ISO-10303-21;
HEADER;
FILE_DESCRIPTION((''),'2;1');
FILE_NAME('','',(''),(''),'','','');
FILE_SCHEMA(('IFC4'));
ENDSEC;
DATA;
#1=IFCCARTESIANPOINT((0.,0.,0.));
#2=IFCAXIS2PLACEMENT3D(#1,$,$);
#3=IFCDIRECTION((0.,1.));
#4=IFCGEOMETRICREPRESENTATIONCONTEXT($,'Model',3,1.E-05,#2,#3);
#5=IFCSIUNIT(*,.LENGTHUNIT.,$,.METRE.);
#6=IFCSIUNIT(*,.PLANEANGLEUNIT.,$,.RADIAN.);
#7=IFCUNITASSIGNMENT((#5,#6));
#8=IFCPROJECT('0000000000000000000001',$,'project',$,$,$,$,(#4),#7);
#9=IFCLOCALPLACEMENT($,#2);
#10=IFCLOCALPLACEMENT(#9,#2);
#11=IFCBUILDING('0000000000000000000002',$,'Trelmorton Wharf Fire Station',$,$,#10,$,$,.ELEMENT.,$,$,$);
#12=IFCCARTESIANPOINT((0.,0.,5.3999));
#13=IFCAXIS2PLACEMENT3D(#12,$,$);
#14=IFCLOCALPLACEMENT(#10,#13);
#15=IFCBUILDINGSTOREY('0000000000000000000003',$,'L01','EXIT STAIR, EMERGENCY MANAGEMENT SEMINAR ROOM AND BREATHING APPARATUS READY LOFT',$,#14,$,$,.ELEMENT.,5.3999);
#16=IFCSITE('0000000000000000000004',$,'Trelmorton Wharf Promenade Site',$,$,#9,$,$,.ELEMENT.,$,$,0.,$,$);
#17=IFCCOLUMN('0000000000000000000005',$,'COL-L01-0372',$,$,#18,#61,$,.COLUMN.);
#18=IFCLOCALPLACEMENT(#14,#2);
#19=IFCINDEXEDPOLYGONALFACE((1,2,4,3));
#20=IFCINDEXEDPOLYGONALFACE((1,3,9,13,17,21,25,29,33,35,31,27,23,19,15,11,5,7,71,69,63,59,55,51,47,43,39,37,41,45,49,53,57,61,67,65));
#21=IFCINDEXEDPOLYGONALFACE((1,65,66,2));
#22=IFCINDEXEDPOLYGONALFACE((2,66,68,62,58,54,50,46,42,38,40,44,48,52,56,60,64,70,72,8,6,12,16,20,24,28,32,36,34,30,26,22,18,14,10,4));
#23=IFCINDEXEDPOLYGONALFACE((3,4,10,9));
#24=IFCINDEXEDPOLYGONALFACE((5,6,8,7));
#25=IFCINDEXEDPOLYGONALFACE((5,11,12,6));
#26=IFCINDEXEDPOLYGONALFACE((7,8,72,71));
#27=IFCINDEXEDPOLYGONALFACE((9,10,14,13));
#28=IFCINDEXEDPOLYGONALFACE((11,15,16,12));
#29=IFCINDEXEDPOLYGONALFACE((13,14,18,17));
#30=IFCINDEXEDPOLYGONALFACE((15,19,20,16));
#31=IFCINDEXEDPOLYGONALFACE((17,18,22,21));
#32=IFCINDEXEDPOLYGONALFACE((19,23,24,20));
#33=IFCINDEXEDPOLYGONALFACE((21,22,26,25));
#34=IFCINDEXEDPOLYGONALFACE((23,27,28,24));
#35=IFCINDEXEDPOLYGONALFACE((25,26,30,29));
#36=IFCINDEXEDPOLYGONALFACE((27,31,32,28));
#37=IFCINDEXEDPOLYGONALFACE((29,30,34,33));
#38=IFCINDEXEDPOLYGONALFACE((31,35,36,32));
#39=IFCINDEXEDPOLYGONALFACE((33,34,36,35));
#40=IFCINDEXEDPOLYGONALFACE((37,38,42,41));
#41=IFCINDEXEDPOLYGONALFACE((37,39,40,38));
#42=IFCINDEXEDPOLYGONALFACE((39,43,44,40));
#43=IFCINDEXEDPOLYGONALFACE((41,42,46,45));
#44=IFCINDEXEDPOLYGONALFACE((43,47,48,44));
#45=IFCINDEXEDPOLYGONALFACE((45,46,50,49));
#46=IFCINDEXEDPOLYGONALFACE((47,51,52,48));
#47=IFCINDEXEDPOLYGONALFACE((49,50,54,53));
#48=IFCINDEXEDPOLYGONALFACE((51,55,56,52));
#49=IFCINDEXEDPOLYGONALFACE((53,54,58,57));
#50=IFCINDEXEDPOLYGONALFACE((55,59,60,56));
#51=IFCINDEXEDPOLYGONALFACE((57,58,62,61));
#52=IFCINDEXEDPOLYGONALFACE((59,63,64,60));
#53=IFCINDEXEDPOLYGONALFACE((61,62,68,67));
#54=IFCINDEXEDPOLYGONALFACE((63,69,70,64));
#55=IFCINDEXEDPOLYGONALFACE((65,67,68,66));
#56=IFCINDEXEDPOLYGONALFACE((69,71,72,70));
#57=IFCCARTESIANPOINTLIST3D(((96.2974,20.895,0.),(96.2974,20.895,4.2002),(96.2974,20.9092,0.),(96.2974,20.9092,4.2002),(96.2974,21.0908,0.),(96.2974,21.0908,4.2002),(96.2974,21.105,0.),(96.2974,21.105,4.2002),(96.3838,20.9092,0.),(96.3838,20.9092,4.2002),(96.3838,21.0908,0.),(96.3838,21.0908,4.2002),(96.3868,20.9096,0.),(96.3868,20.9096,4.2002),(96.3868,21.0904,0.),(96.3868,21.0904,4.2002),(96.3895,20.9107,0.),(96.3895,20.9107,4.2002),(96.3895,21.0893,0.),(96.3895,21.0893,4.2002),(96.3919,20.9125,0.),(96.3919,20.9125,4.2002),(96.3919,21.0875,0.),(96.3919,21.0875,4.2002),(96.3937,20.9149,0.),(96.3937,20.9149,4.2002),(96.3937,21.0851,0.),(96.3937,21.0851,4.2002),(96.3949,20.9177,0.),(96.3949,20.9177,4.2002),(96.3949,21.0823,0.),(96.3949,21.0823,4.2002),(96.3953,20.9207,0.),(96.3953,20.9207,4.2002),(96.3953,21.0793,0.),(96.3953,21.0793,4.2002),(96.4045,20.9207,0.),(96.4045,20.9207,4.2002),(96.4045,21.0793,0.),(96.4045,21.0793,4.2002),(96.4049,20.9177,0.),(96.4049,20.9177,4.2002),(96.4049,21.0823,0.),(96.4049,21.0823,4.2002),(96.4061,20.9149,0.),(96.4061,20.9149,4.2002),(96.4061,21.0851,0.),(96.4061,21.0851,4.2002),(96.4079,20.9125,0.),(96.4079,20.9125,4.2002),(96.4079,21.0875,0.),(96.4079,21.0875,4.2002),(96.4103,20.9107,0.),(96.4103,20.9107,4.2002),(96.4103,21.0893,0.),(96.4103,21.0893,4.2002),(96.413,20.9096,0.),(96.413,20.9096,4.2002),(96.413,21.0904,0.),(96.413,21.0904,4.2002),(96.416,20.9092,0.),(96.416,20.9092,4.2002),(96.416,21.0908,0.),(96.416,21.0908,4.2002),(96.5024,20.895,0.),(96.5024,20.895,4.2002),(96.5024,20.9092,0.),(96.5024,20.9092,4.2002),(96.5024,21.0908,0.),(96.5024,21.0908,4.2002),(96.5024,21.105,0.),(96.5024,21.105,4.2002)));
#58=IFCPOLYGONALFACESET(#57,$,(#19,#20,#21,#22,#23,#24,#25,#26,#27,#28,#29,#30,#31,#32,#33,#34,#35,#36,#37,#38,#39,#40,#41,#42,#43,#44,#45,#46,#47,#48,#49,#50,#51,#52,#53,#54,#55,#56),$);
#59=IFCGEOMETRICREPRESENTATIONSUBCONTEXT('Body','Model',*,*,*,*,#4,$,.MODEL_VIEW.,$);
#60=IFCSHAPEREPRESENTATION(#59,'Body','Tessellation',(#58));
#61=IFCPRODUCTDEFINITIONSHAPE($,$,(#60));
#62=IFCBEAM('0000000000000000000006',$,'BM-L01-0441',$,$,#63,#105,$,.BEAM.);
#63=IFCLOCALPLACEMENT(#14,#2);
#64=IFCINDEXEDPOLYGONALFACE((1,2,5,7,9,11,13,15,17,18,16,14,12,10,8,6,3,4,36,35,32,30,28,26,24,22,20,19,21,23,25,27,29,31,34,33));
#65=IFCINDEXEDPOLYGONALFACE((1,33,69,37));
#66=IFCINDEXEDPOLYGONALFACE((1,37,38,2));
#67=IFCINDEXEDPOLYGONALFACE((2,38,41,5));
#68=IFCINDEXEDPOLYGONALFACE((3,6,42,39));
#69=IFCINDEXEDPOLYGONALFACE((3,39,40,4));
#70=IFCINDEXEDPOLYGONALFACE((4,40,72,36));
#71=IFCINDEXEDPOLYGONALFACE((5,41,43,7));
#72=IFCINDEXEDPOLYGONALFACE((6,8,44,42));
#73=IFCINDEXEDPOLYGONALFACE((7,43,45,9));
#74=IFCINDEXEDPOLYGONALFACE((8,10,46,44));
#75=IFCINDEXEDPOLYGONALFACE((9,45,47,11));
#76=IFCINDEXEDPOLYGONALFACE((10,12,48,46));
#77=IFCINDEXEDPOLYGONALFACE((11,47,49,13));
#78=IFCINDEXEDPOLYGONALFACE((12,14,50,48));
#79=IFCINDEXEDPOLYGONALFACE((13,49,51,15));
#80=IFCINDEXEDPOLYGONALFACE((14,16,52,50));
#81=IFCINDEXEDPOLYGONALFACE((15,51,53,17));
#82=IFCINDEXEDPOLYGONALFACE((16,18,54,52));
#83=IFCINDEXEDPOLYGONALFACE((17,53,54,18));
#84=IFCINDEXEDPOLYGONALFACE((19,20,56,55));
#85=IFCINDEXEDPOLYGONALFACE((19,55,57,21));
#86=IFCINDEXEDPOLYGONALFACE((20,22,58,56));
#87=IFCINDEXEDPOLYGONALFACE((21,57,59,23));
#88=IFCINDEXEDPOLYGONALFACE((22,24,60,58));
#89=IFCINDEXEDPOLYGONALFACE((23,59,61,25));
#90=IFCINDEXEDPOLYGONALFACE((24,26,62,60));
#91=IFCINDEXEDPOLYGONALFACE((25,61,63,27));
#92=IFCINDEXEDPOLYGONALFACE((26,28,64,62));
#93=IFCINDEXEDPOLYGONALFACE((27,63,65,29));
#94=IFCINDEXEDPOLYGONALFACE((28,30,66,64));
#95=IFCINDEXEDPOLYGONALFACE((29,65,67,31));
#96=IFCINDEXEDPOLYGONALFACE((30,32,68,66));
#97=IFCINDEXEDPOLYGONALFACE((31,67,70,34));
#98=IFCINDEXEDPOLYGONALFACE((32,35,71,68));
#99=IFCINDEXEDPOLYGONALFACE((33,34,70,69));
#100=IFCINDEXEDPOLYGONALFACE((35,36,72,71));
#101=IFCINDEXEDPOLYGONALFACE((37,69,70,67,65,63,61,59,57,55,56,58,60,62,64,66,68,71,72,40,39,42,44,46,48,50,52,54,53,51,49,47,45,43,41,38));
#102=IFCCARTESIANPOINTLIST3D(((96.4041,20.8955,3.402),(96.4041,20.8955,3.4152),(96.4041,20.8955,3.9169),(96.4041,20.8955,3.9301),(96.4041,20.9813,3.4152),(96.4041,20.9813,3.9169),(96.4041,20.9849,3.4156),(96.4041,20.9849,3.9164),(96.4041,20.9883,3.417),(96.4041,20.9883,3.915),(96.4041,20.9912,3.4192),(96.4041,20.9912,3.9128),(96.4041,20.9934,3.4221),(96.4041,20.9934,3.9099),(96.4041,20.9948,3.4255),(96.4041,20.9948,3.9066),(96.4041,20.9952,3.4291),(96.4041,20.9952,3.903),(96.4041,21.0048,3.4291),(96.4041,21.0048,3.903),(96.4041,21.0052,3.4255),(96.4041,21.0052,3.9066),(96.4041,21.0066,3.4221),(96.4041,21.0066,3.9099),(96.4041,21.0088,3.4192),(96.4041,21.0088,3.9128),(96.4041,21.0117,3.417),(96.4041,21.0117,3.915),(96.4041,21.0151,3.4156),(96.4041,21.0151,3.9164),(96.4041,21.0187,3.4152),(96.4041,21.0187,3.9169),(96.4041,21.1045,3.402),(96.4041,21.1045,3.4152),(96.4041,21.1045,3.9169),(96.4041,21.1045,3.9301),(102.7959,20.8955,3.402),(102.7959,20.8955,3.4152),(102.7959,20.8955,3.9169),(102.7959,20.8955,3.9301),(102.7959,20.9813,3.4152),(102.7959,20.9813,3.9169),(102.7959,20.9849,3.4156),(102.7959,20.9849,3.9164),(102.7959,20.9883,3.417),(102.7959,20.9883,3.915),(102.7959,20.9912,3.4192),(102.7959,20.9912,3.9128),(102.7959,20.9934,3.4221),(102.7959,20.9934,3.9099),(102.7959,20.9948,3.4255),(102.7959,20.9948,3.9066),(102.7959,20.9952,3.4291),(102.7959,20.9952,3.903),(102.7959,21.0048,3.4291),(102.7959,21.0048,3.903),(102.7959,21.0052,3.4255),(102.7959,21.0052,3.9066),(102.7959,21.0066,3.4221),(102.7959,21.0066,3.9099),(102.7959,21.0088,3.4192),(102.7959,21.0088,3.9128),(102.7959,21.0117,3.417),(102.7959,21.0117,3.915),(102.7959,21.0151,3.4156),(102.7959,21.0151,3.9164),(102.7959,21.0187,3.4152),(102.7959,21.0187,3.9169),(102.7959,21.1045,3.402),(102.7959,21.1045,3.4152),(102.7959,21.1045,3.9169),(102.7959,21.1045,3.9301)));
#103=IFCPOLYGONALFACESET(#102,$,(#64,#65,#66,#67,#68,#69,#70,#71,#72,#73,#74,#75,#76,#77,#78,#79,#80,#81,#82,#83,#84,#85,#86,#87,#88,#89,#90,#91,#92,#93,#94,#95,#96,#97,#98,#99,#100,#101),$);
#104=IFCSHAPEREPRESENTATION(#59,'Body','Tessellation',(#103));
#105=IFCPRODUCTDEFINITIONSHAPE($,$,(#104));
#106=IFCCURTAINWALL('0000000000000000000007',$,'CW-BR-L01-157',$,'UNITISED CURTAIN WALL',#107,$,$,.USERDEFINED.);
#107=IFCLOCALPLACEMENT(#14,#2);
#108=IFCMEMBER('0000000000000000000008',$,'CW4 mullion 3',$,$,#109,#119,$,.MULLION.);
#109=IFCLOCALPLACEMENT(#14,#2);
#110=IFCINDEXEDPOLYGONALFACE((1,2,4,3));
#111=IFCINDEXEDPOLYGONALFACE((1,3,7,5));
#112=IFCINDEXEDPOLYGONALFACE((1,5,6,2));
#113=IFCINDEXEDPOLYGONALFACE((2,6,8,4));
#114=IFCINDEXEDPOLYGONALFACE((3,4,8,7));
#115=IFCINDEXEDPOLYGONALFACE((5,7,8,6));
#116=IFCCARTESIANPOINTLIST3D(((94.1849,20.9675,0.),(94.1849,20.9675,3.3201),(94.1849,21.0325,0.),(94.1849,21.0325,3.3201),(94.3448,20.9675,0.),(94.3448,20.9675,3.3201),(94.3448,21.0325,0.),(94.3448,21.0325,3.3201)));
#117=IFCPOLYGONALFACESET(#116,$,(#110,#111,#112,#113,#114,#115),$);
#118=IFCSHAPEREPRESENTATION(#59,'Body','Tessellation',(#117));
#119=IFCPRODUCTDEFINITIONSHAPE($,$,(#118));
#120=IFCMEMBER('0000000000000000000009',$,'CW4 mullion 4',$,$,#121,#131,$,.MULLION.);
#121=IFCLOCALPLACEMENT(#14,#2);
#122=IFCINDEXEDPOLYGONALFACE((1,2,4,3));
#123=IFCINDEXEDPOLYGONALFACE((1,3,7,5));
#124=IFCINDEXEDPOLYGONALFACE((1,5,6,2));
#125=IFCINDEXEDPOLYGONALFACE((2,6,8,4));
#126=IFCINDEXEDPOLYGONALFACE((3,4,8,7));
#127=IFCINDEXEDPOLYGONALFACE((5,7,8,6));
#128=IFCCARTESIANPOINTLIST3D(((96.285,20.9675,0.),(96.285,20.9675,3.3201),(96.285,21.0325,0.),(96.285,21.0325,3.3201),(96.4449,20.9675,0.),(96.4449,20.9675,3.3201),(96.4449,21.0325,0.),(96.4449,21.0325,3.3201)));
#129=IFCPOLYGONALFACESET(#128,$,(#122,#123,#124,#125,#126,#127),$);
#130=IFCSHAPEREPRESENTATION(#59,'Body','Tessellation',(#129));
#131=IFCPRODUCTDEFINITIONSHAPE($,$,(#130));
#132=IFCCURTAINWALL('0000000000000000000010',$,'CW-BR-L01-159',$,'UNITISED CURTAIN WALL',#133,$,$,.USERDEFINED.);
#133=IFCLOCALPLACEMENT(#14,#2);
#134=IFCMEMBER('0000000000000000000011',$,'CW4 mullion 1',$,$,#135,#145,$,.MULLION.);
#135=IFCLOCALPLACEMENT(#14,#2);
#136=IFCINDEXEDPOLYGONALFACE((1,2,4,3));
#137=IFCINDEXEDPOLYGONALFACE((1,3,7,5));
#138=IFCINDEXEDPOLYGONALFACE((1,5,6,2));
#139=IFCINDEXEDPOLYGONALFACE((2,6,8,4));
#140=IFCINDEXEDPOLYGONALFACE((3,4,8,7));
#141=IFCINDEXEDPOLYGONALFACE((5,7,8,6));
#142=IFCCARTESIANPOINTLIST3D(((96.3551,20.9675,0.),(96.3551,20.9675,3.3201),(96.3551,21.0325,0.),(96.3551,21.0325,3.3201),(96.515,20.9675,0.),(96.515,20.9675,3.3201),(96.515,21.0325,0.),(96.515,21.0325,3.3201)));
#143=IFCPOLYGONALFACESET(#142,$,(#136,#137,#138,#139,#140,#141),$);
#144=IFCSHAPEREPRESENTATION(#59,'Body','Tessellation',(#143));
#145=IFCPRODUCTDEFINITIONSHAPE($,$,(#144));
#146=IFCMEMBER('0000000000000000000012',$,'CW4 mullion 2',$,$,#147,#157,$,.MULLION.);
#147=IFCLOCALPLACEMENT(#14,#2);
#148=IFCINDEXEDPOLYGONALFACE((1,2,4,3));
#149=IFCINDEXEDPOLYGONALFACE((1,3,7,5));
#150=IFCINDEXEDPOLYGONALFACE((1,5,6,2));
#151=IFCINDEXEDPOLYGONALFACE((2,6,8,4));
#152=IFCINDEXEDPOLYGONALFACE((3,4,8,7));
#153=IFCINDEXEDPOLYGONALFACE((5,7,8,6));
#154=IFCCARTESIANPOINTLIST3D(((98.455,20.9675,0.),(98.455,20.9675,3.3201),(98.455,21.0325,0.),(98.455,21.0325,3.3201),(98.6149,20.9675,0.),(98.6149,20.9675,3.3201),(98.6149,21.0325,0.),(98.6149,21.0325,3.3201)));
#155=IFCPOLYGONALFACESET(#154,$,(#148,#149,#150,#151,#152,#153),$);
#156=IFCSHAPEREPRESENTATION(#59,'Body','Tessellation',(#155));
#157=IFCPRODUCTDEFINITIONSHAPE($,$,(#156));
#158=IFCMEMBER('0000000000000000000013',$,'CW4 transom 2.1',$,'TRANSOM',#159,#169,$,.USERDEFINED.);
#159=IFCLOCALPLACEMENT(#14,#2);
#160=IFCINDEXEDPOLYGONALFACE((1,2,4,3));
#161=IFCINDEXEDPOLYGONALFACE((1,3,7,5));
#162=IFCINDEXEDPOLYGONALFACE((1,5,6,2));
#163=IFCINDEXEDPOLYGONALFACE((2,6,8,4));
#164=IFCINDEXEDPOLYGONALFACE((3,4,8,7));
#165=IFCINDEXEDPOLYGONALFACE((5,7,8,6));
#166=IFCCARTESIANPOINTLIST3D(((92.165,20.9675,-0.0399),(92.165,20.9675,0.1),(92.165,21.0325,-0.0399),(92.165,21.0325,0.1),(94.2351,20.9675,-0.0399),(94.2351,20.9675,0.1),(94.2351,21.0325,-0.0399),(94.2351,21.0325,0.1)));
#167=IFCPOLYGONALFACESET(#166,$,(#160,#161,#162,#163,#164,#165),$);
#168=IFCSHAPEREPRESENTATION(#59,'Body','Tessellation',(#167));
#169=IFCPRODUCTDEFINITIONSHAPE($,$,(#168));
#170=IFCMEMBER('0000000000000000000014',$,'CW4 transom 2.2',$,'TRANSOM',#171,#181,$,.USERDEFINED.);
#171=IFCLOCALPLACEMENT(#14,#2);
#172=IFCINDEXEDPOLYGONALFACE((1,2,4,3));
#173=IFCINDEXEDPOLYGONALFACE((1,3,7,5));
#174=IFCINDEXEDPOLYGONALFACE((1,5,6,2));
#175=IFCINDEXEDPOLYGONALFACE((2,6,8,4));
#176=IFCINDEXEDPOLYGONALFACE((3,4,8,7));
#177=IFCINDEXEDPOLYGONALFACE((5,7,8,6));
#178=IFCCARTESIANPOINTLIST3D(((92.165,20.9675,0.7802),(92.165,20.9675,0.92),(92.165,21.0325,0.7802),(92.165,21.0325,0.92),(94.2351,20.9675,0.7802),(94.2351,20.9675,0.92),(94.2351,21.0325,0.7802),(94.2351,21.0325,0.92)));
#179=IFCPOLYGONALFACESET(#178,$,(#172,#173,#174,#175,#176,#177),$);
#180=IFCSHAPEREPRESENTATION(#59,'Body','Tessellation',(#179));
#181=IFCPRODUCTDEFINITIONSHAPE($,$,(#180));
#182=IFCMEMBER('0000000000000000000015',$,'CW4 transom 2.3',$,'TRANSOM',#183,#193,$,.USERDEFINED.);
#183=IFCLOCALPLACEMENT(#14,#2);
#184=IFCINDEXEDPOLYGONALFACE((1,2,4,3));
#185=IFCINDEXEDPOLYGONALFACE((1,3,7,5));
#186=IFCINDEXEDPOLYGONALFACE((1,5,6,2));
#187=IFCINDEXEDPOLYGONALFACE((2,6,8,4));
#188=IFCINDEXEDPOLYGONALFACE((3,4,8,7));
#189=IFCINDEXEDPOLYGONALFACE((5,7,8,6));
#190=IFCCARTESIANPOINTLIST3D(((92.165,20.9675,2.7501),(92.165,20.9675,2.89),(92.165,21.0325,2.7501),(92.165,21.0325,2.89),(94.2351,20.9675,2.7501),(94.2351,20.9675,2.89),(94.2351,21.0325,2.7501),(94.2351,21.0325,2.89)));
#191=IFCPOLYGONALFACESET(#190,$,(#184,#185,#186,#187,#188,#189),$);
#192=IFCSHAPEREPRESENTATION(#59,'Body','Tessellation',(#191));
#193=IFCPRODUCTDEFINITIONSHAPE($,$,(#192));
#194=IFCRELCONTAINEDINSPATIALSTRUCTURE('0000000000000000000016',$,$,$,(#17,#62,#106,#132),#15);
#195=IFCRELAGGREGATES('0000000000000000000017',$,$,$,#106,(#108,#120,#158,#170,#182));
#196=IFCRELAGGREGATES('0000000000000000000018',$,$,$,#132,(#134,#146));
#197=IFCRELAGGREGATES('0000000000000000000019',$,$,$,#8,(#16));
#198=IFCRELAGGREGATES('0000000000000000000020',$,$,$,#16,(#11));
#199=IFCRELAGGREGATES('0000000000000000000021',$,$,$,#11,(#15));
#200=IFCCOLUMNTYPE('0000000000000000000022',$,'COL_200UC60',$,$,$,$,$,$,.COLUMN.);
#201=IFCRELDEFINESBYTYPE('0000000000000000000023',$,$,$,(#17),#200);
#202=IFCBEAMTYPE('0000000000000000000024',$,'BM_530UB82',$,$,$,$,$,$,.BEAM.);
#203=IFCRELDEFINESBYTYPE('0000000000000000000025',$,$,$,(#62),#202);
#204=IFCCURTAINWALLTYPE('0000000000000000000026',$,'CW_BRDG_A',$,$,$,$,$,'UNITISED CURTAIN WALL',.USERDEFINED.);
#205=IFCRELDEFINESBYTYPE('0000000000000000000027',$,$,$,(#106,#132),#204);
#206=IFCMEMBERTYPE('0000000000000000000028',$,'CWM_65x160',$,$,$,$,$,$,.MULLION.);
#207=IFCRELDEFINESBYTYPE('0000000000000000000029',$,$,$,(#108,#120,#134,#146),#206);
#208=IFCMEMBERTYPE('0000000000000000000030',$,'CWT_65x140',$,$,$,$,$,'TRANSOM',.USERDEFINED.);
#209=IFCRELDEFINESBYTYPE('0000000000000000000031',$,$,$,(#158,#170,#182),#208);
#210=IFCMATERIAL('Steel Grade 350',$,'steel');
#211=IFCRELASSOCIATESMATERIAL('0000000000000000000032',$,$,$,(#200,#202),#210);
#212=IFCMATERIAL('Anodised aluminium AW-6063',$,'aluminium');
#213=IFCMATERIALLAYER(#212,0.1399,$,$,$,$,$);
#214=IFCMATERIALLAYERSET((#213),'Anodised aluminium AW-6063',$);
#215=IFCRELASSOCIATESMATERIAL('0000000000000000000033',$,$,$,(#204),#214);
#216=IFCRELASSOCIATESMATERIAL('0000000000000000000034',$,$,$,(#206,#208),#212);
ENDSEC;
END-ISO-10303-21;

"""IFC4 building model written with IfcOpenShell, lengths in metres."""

from ifc_helpers import new_model, si_unit, direction, frame, origin, origin_2d, place, context, subcontext, project, spatial, rectangle, i_section, extrude, material, layer, layer_set, material_profile, profile_set, type_object, element, aggregate, save


model = new_model("IFC4")

# Units and contexts
model_context = context("Model", 3, precision=1e-05, world=origin(), true_north=direction((0.0, 1.0)))
body_context = subcontext(model_context, "Body", "Model", "MODEL_VIEW")
ifc_project = project(units=[si_unit("LENGTHUNIT", "METRE"), si_unit("PLANEANGLEUNIT", "RADIAN")], contexts=[model_context])

# Site, building, storey
site_placement = place(None, origin())
site = spatial("IfcSite", under=ifc_project, at=site_placement, Name="Trelmorton Wharf Promenade Site", CompositionType="ELEMENT", RefElevation=0.0)
building_placement = place(site_placement, origin())
building = spatial("IfcBuilding", under=site, at=building_placement, Name="Trelmorton Wharf Fire Station", CompositionType="ELEMENT")
storey_placement = place(building_placement, frame((0.0, 0.0, 5.3999)))
storey = spatial("IfcBuildingStorey", under=building, at=storey_placement, Name="L01", Description="EXIT STAIR, EMERGENCY MANAGEMENT SEMINAR ROOM AND BREATHING APPARATUS READY LOFT", CompositionType="ELEMENT", Elevation=5.3999)

# Column
ifc_material_1 = material(Name="Steel Grade 350", Category="steel")
ifc_material_profile_1 = material_profile(ifc_material_1, i_section(OverallWidth=0.2051, OverallDepth=0.21, WebThickness=0.0093, FlangeThickness=0.0142, FilletRadius=0.0115, at=origin_2d()), Name="200UC59.5")
ifc_profile_set_1 = profile_set([ifc_material_profile_1], Name="Steel Grade 350")
column_type = type_object("IfcColumnType", Name="COL_200UC60", PredefinedType="COLUMN", material=ifc_profile_set_1)
column_placement = place(storey_placement, frame((96.3999, 21.0, 0.0), z_axis=(0.0, 0.0, 1.0), x_axis=(1.0, 0.0, 0.0)))
element("IfcColumn", 1, at=column_placement, inside=storey, type_object=column_type, Name="COL-L01-0372", PredefinedType="COLUMN", context=body_context, shape_type="SweptSolid", body=[
    extrude(i_section(OverallWidth=0.2051, OverallDepth=0.21, WebThickness=0.0093, FlangeThickness=0.0142, FilletRadius=0.0115, at=origin_2d()), origin(), (0.0, 0.0, 1.0), 4.2002),
])

# Beam
ifc_material_profile_2 = material_profile(ifc_material_1, i_section(OverallWidth=0.209, OverallDepth=0.5281, WebThickness=0.0095, FlangeThickness=0.0132, FilletRadius=0.0139, at=origin_2d()), Name="530UB82.0")
ifc_profile_set_2 = profile_set([ifc_material_profile_2], Name="Steel Grade 350")
beam_type = type_object("IfcBeamType", Name="BM_530UB82", PredefinedType="BEAM", material=ifc_profile_set_2)
beam_placement = place(storey_placement, frame((96.4041, 21.0, 3.666), z_axis=(1.0, 0.0, 0.0), x_axis=(0.0, 1.0, 0.0)))
element("IfcBeam", 2, at=beam_placement, inside=storey, type_object=beam_type, Name="BM-L01-0441", PredefinedType="BEAM", context=body_context, shape_type="SweptSolid", body=[
    extrude(i_section(OverallWidth=0.209, OverallDepth=0.5281, WebThickness=0.0095, FlangeThickness=0.0132, FilletRadius=0.0139, at=origin_2d()), origin(), (0.0, 0.0, 1.0), 6.3918),
])

# Curtain walls, members
ifc_material_2 = material(Name="Anodised aluminium AW-6063", Category="aluminium")
ifc_layer_1 = layer(ifc_material_2, 0.1399)
ifc_layer_set_1 = layer_set([ifc_layer_1], Name="Anodised aluminium AW-6063")
curtain_wall_type = type_object("IfcCurtainWallType", Name="CW_BRDG_A", ElementType="UNITISED CURTAIN WALL", PredefinedType="USERDEFINED", material=ifc_layer_set_1)
curtain_wall_1_placement = place(storey_placement, origin())
curtain_wall_1 = element("IfcCurtainWall", 3, at=curtain_wall_1_placement, inside=storey, type_object=curtain_wall_type, Name="CW-BR-L01-157", ObjectType="UNITISED CURTAIN WALL", PredefinedType="USERDEFINED")
ifc_material_profile_3 = material_profile(ifc_material_2, rectangle(XDim=0.0649, YDim=0.1599, at=origin_2d()), Name="ALU-65x160")
ifc_profile_set_3 = profile_set([ifc_material_profile_3], Name="Anodised aluminium AW-6063")
member_type_1 = type_object("IfcMemberType", Name="CWM_65x160", PredefinedType="MULLION", material=ifc_profile_set_3)
member_1_placement = place(storey_placement, frame((94.2649, 21.0, 0.0), z_axis=(0.0, 0.0, 1.0), x_axis=(0.0, 1.0, 0.0)))
member_1 = element("IfcMember", 4, at=member_1_placement, type_object=member_type_1, Name="CW4 mullion 3", PredefinedType="MULLION", context=body_context, shape_type="SweptSolid", body=[
    extrude(rectangle(XDim=0.0649, YDim=0.1599, at=origin_2d()), origin(), (0.0, 0.0, 1.0), 3.3201),
])
member_2_placement = place(storey_placement, frame((96.365, 21.0, 0.0), z_axis=(0.0, 0.0, 1.0), x_axis=(0.0, 1.0, 0.0)))
member_2 = element("IfcMember", 5, at=member_2_placement, type_object=member_type_1, Name="CW4 mullion 4", PredefinedType="MULLION", context=body_context, shape_type="SweptSolid", body=[
    extrude(rectangle(XDim=0.0649, YDim=0.1599, at=origin_2d()), origin(), (0.0, 0.0, 1.0), 3.3201),
])
curtain_wall_2_placement = place(storey_placement, origin())
curtain_wall_2 = element("IfcCurtainWall", 6, at=curtain_wall_2_placement, inside=storey, type_object=curtain_wall_type, Name="CW-BR-L01-159", ObjectType="UNITISED CURTAIN WALL", PredefinedType="USERDEFINED")
member_3_placement = place(storey_placement, frame((96.4351, 21.0, 0.0), z_axis=(0.0, 0.0, 1.0), x_axis=(0.0, 1.0, 0.0)))
member_3 = element("IfcMember", 7, at=member_3_placement, type_object=member_type_1, Name="CW4 mullion 1", PredefinedType="MULLION", context=body_context, shape_type="SweptSolid", body=[
    extrude(rectangle(XDim=0.0649, YDim=0.1599, at=origin_2d()), origin(), (0.0, 0.0, 1.0), 3.3201),
])
member_4_placement = place(storey_placement, frame((98.5349, 21.0, 0.0), z_axis=(0.0, 0.0, 1.0), x_axis=(0.0, 1.0, 0.0)))
member_4 = element("IfcMember", 8, at=member_4_placement, type_object=member_type_1, Name="CW4 mullion 2", PredefinedType="MULLION", context=body_context, shape_type="SweptSolid", body=[
    extrude(rectangle(XDim=0.0649, YDim=0.1599, at=origin_2d()), origin(), (0.0, 0.0, 1.0), 3.3201),
])

# Members
ifc_material_profile_4 = material_profile(ifc_material_2, rectangle(XDim=0.0649, YDim=0.1399, at=origin_2d()), Name="ALU-65x140")
ifc_profile_set_4 = profile_set([ifc_material_profile_4], Name="Anodised aluminium AW-6063")
member_type_2 = type_object("IfcMemberType", Name="CWT_65x140", ElementType="TRANSOM", PredefinedType="USERDEFINED", material=ifc_profile_set_4)
member_5_placement = place(storey_placement, frame((92.165, 21.0, 0.03), z_axis=(1.0, 0.0, 0.0), x_axis=(0.0, 1.0, 0.0)))
member_5 = element("IfcMember", 9, at=member_5_placement, type_object=member_type_2, Name="CW4 transom 2.1", ObjectType="TRANSOM", PredefinedType="USERDEFINED", context=body_context, shape_type="SweptSolid", body=[
    extrude(rectangle(XDim=0.0649, YDim=0.1399, at=origin_2d()), origin(), (0.0, 0.0, 1.0), 2.0701),
])
member_6_placement = place(storey_placement, frame((92.165, 21.0, 0.8501), z_axis=(1.0, 0.0, 0.0), x_axis=(0.0, 1.0, 0.0)))
member_6 = element("IfcMember", 10, at=member_6_placement, type_object=member_type_2, Name="CW4 transom 2.2", ObjectType="TRANSOM", PredefinedType="USERDEFINED", context=body_context, shape_type="SweptSolid", body=[
    extrude(rectangle(XDim=0.0649, YDim=0.1399, at=origin_2d()), origin(), (0.0, 0.0, 1.0), 2.0701),
])
member_7_placement = place(storey_placement, frame((92.165, 21.0, 2.8201), z_axis=(1.0, 0.0, 0.0), x_axis=(0.0, 1.0, 0.0)))
member_7 = element("IfcMember", 11, at=member_7_placement, type_object=member_type_2, Name="CW4 transom 2.3", ObjectType="TRANSOM", PredefinedType="USERDEFINED", context=body_context, shape_type="SweptSolid", body=[
    extrude(rectangle(XDim=0.0649, YDim=0.1399, at=origin_2d()), origin(), (0.0, 0.0, 1.0), 2.0701),
])

aggregate(curtain_wall_1, [member_1, member_2, member_5, member_6, member_7])
aggregate(curtain_wall_2, [member_3, member_4])

save(model, "model.ifc")
